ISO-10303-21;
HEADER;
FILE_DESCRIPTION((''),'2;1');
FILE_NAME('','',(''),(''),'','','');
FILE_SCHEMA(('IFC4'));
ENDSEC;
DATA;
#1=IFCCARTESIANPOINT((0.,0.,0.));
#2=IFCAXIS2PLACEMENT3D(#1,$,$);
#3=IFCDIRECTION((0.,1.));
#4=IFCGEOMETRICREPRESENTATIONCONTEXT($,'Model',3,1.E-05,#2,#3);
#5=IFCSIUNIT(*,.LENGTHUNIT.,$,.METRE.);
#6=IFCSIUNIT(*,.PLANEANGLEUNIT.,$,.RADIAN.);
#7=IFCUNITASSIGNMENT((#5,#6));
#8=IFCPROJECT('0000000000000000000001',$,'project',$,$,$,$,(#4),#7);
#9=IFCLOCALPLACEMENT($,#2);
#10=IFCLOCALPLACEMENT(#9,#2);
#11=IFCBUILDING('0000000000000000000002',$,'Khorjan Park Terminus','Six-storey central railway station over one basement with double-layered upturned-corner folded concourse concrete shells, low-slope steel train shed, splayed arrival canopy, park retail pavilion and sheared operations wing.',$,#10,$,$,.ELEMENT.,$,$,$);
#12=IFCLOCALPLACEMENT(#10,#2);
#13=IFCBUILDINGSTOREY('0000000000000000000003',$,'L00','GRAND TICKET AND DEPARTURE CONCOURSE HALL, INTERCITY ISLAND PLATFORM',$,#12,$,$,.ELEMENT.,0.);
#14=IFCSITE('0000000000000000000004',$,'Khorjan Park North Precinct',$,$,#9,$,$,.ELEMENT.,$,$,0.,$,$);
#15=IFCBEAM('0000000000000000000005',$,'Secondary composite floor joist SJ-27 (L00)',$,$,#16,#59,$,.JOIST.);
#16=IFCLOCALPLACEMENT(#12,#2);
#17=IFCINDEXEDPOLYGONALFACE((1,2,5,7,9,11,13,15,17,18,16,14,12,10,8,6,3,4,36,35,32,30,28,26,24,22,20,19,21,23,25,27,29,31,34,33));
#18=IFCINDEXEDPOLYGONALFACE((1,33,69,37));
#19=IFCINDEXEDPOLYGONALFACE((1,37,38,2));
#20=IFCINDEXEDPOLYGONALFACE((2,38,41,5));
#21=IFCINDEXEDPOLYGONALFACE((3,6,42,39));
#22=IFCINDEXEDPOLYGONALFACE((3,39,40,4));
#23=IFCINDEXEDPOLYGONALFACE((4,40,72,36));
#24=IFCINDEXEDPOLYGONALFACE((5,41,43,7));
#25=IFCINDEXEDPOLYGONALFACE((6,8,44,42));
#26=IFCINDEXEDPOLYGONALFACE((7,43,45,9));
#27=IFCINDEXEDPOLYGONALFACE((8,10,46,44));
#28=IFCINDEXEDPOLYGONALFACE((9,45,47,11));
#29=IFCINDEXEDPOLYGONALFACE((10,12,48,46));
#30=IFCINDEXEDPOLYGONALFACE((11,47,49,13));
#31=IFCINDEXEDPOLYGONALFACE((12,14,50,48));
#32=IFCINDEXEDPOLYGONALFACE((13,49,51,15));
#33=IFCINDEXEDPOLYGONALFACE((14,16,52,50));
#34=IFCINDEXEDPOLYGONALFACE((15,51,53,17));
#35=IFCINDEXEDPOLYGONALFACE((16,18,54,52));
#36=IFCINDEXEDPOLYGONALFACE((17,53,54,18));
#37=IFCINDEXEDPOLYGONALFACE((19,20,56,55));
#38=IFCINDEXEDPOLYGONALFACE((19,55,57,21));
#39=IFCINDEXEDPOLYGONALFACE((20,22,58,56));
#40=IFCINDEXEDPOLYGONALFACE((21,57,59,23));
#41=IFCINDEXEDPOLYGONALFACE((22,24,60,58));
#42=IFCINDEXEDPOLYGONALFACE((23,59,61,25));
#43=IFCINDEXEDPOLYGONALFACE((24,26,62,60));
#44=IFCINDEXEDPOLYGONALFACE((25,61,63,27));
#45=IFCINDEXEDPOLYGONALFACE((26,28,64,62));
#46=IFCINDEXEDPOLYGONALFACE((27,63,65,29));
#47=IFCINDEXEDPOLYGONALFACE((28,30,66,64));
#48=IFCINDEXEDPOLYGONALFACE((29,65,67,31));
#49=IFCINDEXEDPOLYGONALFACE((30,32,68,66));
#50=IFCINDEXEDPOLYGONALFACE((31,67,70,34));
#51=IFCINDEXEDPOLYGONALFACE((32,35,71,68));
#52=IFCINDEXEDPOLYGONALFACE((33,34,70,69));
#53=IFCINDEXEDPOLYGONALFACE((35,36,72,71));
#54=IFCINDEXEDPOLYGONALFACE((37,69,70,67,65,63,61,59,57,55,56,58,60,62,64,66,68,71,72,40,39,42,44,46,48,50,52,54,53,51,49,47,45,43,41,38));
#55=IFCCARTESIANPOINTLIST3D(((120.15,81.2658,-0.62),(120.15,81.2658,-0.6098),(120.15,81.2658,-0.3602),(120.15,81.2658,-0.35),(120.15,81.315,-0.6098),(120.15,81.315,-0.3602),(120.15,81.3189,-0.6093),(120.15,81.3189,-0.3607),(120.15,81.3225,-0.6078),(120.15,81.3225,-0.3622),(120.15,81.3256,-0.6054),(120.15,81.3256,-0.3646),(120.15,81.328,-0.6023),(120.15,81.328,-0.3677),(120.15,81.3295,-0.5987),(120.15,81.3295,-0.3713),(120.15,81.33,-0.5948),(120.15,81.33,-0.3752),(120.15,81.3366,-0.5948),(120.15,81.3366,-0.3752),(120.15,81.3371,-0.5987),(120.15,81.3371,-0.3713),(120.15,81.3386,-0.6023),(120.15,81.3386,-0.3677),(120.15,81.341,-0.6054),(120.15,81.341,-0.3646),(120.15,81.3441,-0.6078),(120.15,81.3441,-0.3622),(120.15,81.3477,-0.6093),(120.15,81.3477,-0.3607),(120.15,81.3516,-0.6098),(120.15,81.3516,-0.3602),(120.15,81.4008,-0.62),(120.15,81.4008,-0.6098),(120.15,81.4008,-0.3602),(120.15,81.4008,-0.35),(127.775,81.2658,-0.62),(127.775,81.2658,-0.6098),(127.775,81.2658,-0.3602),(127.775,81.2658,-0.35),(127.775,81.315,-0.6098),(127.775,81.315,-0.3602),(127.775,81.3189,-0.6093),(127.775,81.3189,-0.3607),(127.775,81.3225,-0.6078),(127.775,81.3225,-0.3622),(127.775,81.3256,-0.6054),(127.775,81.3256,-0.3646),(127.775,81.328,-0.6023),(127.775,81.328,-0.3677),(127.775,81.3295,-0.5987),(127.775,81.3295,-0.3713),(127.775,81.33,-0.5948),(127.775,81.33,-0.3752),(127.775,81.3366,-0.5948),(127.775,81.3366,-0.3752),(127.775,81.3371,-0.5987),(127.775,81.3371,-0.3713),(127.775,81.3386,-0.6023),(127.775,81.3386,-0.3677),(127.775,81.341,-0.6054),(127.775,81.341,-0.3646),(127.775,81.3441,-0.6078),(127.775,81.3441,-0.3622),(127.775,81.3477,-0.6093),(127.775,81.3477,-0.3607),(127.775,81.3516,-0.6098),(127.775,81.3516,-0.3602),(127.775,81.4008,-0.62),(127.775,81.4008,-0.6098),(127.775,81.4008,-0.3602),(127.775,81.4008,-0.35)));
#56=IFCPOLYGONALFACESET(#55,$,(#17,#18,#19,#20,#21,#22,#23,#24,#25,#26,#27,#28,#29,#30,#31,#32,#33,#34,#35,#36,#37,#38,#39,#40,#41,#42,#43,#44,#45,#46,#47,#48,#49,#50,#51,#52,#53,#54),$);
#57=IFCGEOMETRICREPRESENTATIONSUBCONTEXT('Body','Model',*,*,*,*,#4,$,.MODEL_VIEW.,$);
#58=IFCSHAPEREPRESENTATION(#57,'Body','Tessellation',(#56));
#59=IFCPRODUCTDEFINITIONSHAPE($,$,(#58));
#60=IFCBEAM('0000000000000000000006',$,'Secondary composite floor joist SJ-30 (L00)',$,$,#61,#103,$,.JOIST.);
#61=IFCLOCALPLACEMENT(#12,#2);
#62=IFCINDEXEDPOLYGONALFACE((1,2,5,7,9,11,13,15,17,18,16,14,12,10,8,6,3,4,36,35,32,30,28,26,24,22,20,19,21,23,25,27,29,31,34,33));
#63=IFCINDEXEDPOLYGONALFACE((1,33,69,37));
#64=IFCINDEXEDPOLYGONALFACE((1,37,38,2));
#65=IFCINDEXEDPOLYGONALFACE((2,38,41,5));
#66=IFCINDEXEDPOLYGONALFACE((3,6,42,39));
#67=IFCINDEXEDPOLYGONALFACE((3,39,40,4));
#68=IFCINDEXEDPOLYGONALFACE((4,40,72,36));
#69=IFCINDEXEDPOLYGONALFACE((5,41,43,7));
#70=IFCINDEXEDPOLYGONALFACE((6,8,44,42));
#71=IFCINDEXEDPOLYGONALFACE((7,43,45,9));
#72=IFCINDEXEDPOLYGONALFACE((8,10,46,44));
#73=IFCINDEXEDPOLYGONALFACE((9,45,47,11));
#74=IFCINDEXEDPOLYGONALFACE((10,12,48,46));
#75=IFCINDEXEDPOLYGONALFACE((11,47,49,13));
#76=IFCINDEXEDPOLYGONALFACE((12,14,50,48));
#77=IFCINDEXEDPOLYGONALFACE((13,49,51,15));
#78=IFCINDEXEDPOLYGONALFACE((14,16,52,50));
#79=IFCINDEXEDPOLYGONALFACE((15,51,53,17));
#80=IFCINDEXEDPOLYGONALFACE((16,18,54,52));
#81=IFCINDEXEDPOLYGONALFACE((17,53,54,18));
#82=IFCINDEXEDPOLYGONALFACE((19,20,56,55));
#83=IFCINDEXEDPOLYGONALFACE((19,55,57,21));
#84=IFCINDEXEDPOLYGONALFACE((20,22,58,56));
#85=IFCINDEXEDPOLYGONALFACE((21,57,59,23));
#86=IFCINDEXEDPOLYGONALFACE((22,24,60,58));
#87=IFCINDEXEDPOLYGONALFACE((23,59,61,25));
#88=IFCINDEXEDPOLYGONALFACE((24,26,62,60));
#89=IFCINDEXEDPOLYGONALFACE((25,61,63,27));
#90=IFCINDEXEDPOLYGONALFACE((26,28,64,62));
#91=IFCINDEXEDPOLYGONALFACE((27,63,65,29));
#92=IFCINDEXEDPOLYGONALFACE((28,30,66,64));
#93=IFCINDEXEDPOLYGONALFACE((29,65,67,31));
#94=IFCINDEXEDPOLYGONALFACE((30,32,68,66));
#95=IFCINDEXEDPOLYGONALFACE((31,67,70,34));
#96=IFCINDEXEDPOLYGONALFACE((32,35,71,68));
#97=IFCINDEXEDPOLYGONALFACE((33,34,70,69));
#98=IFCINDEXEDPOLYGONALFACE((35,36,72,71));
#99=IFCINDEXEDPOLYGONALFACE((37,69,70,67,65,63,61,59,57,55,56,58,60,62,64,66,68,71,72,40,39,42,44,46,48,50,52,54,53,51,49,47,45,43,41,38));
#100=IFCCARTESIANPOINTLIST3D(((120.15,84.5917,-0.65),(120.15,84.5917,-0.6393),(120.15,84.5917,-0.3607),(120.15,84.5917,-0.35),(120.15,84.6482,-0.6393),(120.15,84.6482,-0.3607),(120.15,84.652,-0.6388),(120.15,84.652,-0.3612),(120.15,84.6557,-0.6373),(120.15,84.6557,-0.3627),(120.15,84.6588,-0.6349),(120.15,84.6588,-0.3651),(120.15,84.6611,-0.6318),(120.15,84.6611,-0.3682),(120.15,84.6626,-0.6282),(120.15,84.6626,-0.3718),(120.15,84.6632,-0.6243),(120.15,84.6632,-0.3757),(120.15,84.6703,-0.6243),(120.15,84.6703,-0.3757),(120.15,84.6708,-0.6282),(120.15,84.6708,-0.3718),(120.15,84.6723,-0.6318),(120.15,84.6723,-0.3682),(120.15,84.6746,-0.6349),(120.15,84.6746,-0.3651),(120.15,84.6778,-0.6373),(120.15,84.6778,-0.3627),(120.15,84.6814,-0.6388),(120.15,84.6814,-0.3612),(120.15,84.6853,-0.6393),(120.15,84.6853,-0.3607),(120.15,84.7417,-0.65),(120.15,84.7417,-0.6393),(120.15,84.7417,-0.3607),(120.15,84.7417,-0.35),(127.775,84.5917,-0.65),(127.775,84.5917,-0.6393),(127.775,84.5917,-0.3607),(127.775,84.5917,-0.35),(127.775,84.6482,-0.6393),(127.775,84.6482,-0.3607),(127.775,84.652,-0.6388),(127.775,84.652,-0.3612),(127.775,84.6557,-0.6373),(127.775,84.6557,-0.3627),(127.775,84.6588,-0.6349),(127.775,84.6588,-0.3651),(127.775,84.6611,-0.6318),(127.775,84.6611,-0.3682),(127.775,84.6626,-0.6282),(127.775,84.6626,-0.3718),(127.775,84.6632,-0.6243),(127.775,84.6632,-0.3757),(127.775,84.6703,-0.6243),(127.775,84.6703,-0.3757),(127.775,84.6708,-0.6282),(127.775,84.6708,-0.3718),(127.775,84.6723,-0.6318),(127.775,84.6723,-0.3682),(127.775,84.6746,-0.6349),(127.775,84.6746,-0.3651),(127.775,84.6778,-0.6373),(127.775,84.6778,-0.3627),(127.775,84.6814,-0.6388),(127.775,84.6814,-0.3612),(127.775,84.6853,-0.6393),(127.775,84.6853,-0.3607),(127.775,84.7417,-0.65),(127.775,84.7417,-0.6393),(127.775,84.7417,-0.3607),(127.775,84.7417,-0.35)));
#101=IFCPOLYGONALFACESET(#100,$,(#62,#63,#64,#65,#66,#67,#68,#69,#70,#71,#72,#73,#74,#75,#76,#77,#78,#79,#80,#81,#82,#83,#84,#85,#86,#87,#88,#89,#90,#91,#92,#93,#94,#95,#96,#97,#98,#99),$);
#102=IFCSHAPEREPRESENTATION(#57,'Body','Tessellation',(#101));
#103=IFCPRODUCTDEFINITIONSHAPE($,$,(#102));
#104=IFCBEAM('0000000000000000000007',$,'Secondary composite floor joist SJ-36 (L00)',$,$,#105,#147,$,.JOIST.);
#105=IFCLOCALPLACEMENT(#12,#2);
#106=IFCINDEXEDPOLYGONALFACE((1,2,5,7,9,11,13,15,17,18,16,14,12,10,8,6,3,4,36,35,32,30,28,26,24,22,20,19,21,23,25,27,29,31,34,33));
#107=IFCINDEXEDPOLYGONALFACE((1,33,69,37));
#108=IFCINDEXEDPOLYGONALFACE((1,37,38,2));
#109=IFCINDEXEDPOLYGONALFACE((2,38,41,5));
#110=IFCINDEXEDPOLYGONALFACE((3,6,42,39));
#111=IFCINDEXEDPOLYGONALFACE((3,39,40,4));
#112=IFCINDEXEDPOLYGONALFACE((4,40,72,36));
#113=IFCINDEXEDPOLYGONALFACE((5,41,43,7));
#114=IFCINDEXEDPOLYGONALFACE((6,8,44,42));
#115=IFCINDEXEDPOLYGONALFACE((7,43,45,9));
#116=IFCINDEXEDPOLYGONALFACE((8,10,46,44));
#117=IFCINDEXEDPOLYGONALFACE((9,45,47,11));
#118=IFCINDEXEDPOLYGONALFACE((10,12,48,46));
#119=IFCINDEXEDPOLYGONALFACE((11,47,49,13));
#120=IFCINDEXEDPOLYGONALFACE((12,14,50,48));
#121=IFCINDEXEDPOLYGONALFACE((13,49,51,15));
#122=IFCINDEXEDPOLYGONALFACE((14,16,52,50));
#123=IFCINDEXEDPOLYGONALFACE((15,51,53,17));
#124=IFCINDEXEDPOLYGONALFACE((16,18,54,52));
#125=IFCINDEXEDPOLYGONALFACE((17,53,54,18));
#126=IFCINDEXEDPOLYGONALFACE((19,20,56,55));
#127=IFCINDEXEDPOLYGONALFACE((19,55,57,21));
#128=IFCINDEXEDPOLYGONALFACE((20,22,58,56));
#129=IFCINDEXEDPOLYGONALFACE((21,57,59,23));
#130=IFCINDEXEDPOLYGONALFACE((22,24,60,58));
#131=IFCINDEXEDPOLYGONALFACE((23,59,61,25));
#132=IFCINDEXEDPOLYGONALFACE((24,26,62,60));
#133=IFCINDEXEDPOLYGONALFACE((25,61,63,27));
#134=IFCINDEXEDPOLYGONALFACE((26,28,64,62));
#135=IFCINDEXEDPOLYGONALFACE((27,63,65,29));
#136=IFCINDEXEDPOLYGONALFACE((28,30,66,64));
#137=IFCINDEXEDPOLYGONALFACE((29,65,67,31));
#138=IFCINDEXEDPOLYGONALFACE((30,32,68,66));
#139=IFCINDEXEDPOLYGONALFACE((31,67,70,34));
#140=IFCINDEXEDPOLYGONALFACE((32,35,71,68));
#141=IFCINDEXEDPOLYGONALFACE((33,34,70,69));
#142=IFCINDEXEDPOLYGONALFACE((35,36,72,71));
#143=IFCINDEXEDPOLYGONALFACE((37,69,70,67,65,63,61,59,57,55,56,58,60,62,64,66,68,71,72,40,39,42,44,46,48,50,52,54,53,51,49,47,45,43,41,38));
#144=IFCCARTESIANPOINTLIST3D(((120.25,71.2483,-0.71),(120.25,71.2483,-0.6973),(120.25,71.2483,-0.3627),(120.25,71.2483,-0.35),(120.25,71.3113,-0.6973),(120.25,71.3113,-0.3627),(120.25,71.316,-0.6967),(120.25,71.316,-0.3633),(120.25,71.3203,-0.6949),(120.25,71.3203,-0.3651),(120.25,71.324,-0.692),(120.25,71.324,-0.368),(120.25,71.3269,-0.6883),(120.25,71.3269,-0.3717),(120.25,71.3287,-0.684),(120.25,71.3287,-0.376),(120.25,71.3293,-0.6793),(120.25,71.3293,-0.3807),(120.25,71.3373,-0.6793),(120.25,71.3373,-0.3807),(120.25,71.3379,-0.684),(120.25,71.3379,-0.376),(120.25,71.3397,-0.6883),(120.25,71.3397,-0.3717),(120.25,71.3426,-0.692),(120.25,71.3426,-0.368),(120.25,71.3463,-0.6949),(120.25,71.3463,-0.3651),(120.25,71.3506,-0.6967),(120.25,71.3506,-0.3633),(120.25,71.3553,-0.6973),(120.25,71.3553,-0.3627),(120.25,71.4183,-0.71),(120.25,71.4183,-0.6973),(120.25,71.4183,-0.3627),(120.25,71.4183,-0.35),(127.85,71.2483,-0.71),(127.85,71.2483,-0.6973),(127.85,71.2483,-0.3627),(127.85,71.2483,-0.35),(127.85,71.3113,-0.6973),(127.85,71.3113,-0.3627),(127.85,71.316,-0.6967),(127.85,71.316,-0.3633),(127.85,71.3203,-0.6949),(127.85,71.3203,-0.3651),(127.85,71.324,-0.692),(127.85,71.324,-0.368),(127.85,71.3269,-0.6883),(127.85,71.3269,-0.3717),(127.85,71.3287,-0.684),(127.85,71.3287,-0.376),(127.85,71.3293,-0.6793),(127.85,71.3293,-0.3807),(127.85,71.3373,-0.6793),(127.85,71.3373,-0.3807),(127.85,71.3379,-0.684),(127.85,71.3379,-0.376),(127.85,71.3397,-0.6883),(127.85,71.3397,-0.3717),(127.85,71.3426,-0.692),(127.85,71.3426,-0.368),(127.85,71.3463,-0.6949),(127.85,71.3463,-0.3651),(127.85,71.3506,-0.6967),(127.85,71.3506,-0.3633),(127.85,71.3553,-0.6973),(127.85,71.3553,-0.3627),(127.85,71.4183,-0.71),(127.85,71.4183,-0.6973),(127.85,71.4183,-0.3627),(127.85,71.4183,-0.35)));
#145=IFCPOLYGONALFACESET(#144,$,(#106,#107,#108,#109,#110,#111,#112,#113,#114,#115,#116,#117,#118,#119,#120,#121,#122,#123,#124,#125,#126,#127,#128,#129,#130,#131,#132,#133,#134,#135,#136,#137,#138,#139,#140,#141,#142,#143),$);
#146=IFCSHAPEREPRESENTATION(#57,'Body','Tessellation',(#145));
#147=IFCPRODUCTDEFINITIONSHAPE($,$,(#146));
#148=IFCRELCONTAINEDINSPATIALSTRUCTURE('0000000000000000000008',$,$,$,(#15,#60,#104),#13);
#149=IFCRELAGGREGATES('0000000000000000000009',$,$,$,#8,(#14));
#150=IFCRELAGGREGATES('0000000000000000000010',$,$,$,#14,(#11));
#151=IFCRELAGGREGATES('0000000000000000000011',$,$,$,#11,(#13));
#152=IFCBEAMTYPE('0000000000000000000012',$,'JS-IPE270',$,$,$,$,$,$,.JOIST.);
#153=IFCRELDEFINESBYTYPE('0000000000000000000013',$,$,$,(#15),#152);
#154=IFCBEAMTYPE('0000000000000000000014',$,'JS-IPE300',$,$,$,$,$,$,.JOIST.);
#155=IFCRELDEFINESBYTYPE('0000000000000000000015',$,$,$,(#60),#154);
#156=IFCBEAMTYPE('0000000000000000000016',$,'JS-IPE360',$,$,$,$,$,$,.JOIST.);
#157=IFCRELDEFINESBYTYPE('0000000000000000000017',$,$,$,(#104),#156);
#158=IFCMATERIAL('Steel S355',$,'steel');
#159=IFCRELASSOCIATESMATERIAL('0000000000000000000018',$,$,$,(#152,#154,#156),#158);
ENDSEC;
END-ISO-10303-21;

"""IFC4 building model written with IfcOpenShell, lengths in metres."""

from ifc_helpers import new_model, si_unit, direction, frame, origin, origin_2d, place, context, subcontext, project, spatial, i_section, extrude, material, material_profile, profile_set, type_object, element, save


model = new_model("IFC4")

# Units and contexts
model_context = context("Model", 3, precision=1e-05, world=origin(), true_north=direction((0.0, 1.0)))
body_context = subcontext(model_context, "Body", "Model", "MODEL_VIEW")
ifc_project = project(units=[si_unit("LENGTHUNIT", "METRE"), si_unit("PLANEANGLEUNIT", "RADIAN")], contexts=[model_context])

# Site, building, storey
site_placement = place(None, origin())
site = spatial("IfcSite", under=ifc_project, at=site_placement, Name="Khorjan Park North Precinct", CompositionType="ELEMENT", RefElevation=0.0)
building_placement = place(site_placement, origin())
building = spatial("IfcBuilding", under=site, at=building_placement, Name="Khorjan Park Terminus", Description="Six-storey central railway station over one basement with double-layered upturned-corner folded concourse concrete shells, low-slope steel train shed, splayed arrival canopy, park retail pavilion and sheared operations wing.", CompositionType="ELEMENT")
storey_placement = place(building_placement, origin())
storey = spatial("IfcBuildingStorey", under=building, at=storey_placement, Name="L00", Description="GRAND TICKET AND DEPARTURE CONCOURSE HALL, INTERCITY ISLAND PLATFORM", CompositionType="ELEMENT", Elevation=0.0)

# Beams
ifc_material_1 = material(Name="Steel S355", Category="steel")
ifc_material_profile_1 = material_profile(ifc_material_1, i_section(OverallWidth=0.135, OverallDepth=0.27, WebThickness=0.0066, FlangeThickness=0.0102, FilletRadius=0.015, at=origin_2d()), Name="IPE 270")
ifc_profile_set_1 = profile_set([ifc_material_profile_1], Name="Steel S355")
beam_type_1 = type_object("IfcBeamType", Name="JS-IPE270", PredefinedType="JOIST", material=ifc_profile_set_1)
beam_1_placement = place(storey_placement, frame((120.15, 81.3333, -0.485), z_axis=(1.0, 0.0, 0.0), x_axis=(0.0, 1.0, 0.0)))
element("IfcBeam", 1, at=beam_1_placement, inside=storey, type_object=beam_type_1, Name="Secondary composite floor joist SJ-27 (L00)", PredefinedType="JOIST", context=body_context, shape_type="SweptSolid", body=[
    extrude(i_section(OverallWidth=0.135, OverallDepth=0.27, WebThickness=0.0066, FlangeThickness=0.0102, FilletRadius=0.015, at=origin_2d()), origin(), (0.0, 0.0, 1.0), 7.625),
])
ifc_material_profile_2 = material_profile(ifc_material_1, i_section(OverallWidth=0.15, OverallDepth=0.3, WebThickness=0.0071, FlangeThickness=0.0107, FilletRadius=0.015, at=origin_2d()), Name="IPE 300")
ifc_profile_set_2 = profile_set([ifc_material_profile_2], Name="Steel S355")
beam_type_2 = type_object("IfcBeamType", Name="JS-IPE300", PredefinedType="JOIST", material=ifc_profile_set_2)
beam_2_placement = place(storey_placement, frame((120.15, 84.6667, -0.5), z_axis=(1.0, 0.0, 0.0), x_axis=(0.0, 1.0, 0.0)))
element("IfcBeam", 2, at=beam_2_placement, inside=storey, type_object=beam_type_2, Name="Secondary composite floor joist SJ-30 (L00)", PredefinedType="JOIST", context=body_context, shape_type="SweptSolid", body=[
    extrude(i_section(OverallWidth=0.15, OverallDepth=0.3, WebThickness=0.0071, FlangeThickness=0.0107, FilletRadius=0.015, at=origin_2d()), origin(), (0.0, 0.0, 1.0), 7.625),
])
ifc_material_profile_3 = material_profile(ifc_material_1, i_section(OverallWidth=0.17, OverallDepth=0.36, WebThickness=0.008, FlangeThickness=0.0127, FilletRadius=0.018, at=origin_2d()), Name="IPE 360")
ifc_profile_set_3 = profile_set([ifc_material_profile_3], Name="Steel S355")
beam_type_3 = type_object("IfcBeamType", Name="JS-IPE360", PredefinedType="JOIST", material=ifc_profile_set_3)
beam_3_placement = place(storey_placement, frame((120.25, 71.3333, -0.53), z_axis=(1.0, 0.0, 0.0), x_axis=(0.0, 1.0, 0.0)))
element("IfcBeam", 3, at=beam_3_placement, inside=storey, type_object=beam_type_3, Name="Secondary composite floor joist SJ-36 (L00)", PredefinedType="JOIST", context=body_context, shape_type="SweptSolid", body=[
    extrude(i_section(OverallWidth=0.17, OverallDepth=0.36, WebThickness=0.008, FlangeThickness=0.0127, FilletRadius=0.018, at=origin_2d()), origin(), (0.0, 0.0, 1.0), 7.6),
])

save(model, "model.ifc")
